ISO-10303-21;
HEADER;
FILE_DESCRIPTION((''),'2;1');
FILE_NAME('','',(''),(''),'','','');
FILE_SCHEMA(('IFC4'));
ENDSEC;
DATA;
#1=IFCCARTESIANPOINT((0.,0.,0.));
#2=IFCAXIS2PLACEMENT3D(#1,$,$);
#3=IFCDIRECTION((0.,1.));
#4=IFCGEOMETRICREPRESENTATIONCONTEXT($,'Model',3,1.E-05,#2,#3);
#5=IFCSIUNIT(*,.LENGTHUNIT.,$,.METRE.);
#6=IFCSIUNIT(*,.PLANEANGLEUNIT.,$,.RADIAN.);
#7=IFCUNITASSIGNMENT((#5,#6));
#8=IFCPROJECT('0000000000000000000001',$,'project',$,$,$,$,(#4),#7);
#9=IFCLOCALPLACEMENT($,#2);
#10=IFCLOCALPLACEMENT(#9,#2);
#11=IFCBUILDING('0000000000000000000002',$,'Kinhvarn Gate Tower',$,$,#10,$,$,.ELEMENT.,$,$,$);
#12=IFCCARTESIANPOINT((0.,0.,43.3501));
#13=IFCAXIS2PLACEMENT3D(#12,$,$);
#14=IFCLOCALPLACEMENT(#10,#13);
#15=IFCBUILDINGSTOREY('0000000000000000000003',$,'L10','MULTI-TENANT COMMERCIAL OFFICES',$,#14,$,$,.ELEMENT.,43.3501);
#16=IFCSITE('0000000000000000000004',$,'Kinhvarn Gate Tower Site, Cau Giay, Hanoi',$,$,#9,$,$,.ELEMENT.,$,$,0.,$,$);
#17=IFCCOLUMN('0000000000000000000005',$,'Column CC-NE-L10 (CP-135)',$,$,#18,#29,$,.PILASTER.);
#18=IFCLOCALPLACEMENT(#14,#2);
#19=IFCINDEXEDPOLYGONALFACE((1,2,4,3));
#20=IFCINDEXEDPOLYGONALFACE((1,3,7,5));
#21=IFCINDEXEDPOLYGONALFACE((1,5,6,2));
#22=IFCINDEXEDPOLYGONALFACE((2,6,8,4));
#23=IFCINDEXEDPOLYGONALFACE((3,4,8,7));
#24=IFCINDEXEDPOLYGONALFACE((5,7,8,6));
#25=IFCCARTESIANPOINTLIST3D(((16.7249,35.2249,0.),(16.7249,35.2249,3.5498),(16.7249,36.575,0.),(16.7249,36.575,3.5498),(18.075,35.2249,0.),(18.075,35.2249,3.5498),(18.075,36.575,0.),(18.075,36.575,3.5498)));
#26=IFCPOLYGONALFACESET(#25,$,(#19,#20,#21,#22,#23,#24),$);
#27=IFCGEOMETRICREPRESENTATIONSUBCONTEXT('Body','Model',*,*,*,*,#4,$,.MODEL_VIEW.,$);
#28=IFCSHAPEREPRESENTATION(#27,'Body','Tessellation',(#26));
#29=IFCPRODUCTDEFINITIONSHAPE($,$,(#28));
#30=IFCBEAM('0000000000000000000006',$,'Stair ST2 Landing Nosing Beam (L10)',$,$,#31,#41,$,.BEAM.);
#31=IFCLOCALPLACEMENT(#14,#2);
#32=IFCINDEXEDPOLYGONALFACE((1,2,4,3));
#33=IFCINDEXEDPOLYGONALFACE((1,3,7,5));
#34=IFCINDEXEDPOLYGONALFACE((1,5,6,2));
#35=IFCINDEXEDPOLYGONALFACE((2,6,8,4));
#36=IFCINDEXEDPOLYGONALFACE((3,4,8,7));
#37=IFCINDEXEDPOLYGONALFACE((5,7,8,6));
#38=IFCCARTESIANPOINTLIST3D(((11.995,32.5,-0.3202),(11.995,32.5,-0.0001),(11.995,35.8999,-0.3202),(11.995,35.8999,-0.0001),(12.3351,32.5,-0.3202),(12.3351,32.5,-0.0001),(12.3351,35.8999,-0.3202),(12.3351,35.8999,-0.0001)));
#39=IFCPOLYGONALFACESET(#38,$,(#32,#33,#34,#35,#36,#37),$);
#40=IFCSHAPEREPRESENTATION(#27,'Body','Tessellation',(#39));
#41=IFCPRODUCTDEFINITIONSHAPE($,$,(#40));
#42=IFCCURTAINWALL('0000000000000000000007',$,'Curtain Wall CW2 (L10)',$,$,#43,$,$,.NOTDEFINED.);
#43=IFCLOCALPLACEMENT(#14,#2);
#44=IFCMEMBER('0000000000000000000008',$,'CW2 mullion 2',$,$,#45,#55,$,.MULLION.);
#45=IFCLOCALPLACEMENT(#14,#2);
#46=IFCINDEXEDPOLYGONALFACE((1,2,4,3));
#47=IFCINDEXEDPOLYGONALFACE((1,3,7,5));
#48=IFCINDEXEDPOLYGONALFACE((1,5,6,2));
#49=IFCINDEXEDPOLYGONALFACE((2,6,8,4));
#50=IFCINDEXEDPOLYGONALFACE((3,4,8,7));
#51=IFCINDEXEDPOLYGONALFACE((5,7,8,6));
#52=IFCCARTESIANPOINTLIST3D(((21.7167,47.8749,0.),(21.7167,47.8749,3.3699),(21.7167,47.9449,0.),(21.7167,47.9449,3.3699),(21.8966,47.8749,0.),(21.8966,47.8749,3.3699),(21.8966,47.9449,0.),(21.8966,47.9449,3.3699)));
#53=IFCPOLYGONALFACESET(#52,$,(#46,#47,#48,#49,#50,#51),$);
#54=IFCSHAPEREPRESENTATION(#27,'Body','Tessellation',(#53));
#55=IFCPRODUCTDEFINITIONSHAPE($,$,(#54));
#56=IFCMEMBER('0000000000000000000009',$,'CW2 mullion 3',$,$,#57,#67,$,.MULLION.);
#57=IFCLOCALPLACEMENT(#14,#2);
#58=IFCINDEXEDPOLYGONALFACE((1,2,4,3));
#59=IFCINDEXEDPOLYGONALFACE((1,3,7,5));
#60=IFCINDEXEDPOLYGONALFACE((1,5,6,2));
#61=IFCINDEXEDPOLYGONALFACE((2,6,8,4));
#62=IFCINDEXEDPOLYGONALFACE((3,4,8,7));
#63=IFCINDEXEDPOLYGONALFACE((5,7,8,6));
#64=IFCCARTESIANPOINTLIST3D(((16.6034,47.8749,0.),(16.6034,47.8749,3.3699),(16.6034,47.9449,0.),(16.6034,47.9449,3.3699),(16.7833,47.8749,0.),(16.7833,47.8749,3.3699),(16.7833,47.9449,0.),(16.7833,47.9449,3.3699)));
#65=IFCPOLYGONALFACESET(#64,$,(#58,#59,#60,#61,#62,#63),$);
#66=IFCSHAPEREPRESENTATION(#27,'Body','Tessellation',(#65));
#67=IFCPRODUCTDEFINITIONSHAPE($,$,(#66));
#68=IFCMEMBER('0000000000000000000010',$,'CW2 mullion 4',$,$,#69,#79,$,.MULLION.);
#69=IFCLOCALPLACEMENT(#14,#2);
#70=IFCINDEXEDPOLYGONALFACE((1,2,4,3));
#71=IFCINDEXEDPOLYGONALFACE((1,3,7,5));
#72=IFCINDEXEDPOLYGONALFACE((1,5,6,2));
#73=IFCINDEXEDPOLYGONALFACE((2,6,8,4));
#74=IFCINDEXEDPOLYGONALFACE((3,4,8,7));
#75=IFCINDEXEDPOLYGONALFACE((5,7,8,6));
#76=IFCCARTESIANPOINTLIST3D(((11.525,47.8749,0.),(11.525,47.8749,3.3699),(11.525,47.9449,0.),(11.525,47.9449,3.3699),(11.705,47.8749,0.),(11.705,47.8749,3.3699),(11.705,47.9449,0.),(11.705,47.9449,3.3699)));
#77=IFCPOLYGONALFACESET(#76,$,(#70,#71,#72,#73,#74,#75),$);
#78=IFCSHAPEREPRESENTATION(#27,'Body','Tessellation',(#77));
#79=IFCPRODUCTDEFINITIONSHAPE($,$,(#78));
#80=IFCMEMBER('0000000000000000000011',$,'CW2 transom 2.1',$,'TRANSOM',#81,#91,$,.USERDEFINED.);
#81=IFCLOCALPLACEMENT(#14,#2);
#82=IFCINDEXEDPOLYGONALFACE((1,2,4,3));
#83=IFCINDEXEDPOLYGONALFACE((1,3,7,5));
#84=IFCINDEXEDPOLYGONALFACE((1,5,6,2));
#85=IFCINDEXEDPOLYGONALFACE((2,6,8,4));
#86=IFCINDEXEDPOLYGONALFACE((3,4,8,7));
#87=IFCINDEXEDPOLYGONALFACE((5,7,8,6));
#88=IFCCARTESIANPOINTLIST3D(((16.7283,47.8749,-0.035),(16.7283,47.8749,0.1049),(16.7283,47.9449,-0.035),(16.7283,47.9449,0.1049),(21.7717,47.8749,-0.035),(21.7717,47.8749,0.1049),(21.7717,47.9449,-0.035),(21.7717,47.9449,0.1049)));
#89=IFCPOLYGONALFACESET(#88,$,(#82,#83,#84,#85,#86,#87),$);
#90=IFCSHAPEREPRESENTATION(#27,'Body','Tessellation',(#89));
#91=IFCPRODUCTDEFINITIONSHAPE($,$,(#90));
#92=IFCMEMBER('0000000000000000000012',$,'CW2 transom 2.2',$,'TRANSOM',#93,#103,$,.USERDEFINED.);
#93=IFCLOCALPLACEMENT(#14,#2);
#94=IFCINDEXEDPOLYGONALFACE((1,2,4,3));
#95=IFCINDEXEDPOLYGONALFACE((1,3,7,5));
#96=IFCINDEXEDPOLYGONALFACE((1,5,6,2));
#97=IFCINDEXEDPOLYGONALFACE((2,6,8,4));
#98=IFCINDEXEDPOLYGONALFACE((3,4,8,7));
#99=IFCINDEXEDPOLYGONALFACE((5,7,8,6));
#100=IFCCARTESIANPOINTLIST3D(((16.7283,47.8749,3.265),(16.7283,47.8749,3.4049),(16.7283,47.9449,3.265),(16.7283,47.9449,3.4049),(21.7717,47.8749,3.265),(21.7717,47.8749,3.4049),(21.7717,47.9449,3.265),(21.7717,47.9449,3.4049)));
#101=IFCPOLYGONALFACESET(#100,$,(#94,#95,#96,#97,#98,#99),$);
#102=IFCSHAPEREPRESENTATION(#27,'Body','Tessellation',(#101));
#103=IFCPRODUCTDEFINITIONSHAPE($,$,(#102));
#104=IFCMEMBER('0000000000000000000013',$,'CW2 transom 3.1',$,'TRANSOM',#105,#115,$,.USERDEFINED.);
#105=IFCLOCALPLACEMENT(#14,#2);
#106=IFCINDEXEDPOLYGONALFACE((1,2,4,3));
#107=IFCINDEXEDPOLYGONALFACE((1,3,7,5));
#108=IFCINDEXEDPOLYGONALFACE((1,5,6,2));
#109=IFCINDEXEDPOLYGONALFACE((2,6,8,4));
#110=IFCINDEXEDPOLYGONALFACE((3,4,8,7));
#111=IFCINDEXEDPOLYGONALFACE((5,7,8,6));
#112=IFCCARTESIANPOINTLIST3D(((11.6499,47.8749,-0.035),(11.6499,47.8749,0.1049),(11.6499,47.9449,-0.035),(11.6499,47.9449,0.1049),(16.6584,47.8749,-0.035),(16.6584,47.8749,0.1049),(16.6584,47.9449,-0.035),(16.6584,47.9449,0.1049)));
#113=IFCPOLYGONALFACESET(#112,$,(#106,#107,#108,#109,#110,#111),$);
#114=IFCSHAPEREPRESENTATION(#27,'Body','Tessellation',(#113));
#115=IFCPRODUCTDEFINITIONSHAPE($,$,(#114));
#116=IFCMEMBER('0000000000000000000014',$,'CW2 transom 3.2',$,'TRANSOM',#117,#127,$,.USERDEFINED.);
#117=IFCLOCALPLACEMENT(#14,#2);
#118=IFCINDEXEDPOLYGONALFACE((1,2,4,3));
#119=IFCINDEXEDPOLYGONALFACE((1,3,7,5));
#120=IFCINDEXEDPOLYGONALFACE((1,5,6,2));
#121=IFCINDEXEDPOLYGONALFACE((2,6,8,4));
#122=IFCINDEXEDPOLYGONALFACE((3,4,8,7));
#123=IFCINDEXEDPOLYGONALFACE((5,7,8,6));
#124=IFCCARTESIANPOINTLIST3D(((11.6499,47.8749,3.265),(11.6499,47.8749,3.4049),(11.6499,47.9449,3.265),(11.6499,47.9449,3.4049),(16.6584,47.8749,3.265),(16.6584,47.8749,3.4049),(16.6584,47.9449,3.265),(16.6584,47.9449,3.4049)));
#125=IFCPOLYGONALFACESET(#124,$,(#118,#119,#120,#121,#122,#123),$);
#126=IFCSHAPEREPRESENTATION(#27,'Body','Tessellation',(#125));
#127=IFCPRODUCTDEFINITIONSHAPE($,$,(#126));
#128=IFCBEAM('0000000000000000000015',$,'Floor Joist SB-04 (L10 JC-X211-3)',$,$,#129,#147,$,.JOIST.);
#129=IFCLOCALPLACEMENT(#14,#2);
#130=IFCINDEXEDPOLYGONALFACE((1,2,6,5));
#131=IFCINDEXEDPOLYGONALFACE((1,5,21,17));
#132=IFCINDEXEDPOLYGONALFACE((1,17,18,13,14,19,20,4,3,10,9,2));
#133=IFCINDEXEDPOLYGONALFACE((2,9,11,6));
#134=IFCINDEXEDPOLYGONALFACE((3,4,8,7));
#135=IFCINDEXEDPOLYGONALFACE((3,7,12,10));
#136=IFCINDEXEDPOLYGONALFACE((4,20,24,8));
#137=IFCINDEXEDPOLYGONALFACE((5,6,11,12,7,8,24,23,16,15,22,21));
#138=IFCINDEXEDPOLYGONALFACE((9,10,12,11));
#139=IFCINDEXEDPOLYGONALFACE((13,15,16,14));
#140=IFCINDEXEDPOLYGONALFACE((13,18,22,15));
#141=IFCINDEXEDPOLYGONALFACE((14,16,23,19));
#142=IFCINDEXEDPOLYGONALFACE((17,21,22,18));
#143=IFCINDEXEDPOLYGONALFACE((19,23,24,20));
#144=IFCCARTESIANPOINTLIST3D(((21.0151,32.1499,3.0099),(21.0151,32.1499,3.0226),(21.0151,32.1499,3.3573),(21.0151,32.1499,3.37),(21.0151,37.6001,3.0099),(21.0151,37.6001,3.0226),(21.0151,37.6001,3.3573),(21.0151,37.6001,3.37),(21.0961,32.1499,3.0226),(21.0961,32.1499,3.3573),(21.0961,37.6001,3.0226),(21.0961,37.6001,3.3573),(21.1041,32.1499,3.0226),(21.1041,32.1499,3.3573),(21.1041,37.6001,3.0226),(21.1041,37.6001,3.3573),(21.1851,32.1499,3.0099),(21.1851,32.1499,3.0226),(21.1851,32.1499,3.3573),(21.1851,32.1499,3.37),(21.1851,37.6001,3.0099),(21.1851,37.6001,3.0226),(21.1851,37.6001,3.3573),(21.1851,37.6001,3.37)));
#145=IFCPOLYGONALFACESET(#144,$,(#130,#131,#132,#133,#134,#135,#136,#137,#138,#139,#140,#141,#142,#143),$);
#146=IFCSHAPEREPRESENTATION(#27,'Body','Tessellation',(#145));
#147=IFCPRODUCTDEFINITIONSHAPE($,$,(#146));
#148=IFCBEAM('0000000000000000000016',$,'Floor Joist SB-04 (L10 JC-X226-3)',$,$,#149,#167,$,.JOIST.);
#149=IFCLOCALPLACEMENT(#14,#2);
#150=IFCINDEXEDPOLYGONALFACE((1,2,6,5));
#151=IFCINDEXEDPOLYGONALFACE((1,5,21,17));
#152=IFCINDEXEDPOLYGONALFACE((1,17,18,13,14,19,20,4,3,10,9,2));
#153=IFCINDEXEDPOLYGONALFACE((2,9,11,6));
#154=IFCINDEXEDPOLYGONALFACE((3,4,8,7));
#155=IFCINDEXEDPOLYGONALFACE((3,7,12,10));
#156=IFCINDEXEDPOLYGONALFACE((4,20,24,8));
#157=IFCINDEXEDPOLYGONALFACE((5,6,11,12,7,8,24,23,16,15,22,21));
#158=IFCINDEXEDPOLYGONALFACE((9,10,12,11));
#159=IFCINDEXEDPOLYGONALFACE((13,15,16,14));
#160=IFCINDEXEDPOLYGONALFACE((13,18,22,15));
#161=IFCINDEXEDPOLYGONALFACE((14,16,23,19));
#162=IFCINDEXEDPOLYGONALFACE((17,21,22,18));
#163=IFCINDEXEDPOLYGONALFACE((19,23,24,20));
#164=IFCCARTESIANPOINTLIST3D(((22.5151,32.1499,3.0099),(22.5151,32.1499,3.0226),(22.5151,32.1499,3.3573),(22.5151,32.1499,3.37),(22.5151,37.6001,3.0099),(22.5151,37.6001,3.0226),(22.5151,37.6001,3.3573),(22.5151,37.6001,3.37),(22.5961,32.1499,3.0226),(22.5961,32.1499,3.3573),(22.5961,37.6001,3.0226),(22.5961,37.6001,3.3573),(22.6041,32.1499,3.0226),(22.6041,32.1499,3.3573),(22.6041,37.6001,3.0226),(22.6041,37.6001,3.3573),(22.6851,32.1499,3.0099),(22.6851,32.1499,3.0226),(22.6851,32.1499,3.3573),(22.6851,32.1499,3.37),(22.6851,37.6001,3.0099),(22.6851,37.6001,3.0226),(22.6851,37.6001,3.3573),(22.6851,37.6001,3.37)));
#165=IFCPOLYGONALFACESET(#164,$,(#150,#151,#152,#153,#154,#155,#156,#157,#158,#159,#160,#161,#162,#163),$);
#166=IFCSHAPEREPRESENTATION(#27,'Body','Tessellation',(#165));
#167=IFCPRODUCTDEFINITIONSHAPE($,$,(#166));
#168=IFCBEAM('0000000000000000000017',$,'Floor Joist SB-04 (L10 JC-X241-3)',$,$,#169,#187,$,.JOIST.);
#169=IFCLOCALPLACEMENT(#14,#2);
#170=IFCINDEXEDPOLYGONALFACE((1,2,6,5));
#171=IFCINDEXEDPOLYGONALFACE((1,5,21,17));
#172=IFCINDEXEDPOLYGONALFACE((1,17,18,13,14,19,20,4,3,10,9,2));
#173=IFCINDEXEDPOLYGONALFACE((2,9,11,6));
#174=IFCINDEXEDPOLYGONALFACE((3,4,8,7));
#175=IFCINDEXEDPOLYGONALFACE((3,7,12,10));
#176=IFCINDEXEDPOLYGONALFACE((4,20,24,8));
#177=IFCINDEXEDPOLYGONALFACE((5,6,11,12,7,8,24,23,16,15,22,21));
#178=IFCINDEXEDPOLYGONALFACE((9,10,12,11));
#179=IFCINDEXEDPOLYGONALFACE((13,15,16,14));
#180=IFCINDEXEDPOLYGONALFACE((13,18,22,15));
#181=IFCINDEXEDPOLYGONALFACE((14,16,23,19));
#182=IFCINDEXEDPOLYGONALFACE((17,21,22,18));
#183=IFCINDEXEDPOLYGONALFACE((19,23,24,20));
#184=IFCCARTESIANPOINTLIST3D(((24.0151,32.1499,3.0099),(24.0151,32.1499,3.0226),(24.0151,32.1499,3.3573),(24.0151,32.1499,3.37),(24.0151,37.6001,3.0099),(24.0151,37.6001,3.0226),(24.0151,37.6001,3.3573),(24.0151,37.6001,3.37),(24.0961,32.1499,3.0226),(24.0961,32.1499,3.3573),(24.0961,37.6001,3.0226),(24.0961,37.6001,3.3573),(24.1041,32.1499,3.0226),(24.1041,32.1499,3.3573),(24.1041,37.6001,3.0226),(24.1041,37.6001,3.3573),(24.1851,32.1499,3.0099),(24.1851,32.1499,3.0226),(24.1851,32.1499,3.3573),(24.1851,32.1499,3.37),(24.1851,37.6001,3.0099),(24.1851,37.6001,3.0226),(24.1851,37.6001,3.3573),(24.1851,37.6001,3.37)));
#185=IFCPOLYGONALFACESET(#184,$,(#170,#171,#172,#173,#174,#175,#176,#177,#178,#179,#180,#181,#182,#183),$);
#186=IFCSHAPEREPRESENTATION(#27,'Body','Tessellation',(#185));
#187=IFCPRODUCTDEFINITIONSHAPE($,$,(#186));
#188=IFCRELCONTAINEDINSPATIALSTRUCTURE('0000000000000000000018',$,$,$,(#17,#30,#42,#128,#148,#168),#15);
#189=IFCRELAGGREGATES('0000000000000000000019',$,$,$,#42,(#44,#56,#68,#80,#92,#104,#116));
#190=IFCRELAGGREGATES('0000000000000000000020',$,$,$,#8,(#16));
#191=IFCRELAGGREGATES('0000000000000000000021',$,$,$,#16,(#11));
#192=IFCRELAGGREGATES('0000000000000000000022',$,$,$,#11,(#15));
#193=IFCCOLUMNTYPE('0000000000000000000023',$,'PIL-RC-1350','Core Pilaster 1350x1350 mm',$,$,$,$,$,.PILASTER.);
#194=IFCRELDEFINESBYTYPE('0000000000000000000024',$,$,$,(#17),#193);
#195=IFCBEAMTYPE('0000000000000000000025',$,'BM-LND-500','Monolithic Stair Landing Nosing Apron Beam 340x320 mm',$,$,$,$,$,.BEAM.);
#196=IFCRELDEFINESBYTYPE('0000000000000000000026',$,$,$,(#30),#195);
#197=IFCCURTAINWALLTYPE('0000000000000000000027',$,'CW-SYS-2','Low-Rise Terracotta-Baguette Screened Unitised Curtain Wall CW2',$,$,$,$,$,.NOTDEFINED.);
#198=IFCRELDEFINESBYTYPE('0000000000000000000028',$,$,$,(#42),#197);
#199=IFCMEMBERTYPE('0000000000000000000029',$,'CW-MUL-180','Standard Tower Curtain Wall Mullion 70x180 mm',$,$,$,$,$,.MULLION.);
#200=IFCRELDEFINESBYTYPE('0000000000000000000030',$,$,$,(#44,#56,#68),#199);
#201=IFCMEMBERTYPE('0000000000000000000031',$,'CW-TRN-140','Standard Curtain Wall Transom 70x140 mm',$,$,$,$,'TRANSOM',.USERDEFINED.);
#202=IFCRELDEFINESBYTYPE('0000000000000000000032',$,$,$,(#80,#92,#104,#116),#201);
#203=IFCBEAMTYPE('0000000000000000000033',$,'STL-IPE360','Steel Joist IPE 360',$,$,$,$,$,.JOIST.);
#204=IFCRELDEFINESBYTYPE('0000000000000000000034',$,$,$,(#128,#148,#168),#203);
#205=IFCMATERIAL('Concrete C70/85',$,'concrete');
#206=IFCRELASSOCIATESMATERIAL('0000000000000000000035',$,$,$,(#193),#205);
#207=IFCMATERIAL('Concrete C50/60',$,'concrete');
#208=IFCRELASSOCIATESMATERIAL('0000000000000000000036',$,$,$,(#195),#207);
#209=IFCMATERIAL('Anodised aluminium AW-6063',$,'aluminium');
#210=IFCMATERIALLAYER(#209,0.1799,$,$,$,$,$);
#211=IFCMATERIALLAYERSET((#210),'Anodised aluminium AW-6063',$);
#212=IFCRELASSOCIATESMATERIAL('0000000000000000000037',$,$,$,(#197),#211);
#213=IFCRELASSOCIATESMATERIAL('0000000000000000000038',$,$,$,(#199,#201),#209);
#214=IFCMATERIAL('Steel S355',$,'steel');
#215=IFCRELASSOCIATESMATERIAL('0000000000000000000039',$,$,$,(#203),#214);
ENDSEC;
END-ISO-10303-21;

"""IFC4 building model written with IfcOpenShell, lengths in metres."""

from ifc_helpers import new_model, si_unit, direction, frame, origin, origin_2d, place, context, subcontext, project, spatial, rectangle, i_section, extrude, material, layer, layer_set, material_profile, profile_set, type_object, element, aggregate, save


model = new_model("IFC4")

# Units and contexts
model_context = context("Model", 3, precision=1e-05, world=origin(), true_north=direction((0.0, 1.0)))
body_context = subcontext(model_context, "Body", "Model", "MODEL_VIEW")
ifc_project = project(units=[si_unit("LENGTHUNIT", "METRE"), si_unit("PLANEANGLEUNIT", "RADIAN")], contexts=[model_context])

# Site, building, storey
site_placement = place(None, origin())
site = spatial("IfcSite", under=ifc_project, at=site_placement, Name="Kinhvarn Gate Tower Site, Cau Giay, Hanoi", CompositionType="ELEMENT", RefElevation=0.0)
building_placement = place(site_placement, origin())
building = spatial("IfcBuilding", under=site, at=building_placement, Name="Kinhvarn Gate Tower", CompositionType="ELEMENT")
storey_placement = place(building_placement, frame((0.0, 0.0, 43.3501)))
storey = spatial("IfcBuildingStorey", under=building, at=storey_placement, Name="L10", Description="MULTI-TENANT COMMERCIAL OFFICES", CompositionType="ELEMENT", Elevation=43.3501)

# Column
ifc_material_1 = material(Name="Concrete C70/85", Category="concrete")
ifc_material_profile_1 = material_profile(ifc_material_1, rectangle(XDim=1.3501, YDim=1.3501, at=origin_2d()), Name="RC 1350x1350")
ifc_profile_set_1 = profile_set([ifc_material_profile_1], Name="Concrete C70/85")
column_type = type_object("IfcColumnType", Name="PIL-RC-1350", Description="Core Pilaster 1350x1350 mm", PredefinedType="PILASTER", material=ifc_profile_set_1)
column_placement = place(storey_placement, frame((17.3999, 35.8999, 0.0), z_axis=(0.0, 0.0, 1.0), x_axis=(1.0, 0.0, 0.0)))
element("IfcColumn", 1, at=column_placement, inside=storey, type_object=column_type, Name="Column CC-NE-L10 (CP-135)", PredefinedType="PILASTER", context=body_context, shape_type="SweptSolid", body=[
    extrude(rectangle(XDim=1.3501, YDim=1.3501, at=origin_2d()), origin(), (0.0, 0.0, 1.0), 3.5498),
])

# Beam
ifc_material_2 = material(Name="Concrete C50/60", Category="concrete")
ifc_material_profile_2 = material_profile(ifc_material_2, rectangle(XDim=0.3401, YDim=0.3201, at=origin_2d()), Name="RC 340x320")
ifc_profile_set_2 = profile_set([ifc_material_profile_2], Name="Concrete C50/60")
beam_type_1 = type_object("IfcBeamType", Name="BM-LND-500", Description="Monolithic Stair Landing Nosing Apron Beam 340x320 mm", PredefinedType="BEAM", material=ifc_profile_set_2)
beam_placement = place(storey_placement, frame((12.165, 32.5, -0.1602), z_axis=(0.0, 1.0, 0.0), x_axis=(-1.0, 0.0, 0.0)))
element("IfcBeam", 2, at=beam_placement, inside=storey, type_object=beam_type_1, Name="Stair ST2 Landing Nosing Beam (L10)", PredefinedType="BEAM", context=body_context, shape_type="SweptSolid", body=[
    extrude(rectangle(XDim=0.3401, YDim=0.3201, at=origin_2d()), origin(), (0.0, 0.0, 1.0), 3.3999),
])

# Curtain wall, members
ifc_material_3 = material(Name="Anodised aluminium AW-6063", Category="aluminium")
ifc_layer_1 = layer(ifc_material_3, 0.1799)
ifc_layer_set_1 = layer_set([ifc_layer_1], Name="Anodised aluminium AW-6063")
curtain_wall_type = type_object("IfcCurtainWallType", Name="CW-SYS-2", Description="Low-Rise Terracotta-Baguette Screened Unitised Curtain Wall CW2", PredefinedType="NOTDEFINED", material=ifc_layer_set_1)
curtain_wall_placement = place(storey_placement, origin())
curtain_wall = element("IfcCurtainWall", 3, at=curtain_wall_placement, inside=storey, type_object=curtain_wall_type, Name="Curtain Wall CW2 (L10)", PredefinedType="NOTDEFINED")
ifc_material_profile_3 = material_profile(ifc_material_3, rectangle(XDim=0.0701, YDim=0.1799, at=origin_2d()), Name="ALU 70x180")
ifc_profile_set_3 = profile_set([ifc_material_profile_3], Name="Anodised aluminium AW-6063")
member_type_1 = type_object("IfcMemberType", Name="CW-MUL-180", Description="Standard Tower Curtain Wall Mullion 70x180 mm", PredefinedType="MULLION", material=ifc_profile_set_3)
member_1_placement = place(storey_placement, frame((21.8066, 47.9099, 0.0), z_axis=(0.0, 0.0, 1.0), x_axis=(0.0, -1.0, 0.0)))
member_1 = element("IfcMember", 4, at=member_1_placement, type_object=member_type_1, Name="CW2 mullion 2", PredefinedType="MULLION", context=body_context, shape_type="SweptSolid", body=[
    extrude(rectangle(XDim=0.0701, YDim=0.1799, at=origin_2d()), origin(), (0.0, 0.0, 1.0), 3.3699),
])
member_2_placement = place(storey_placement, frame((16.6934, 47.9099, 0.0), z_axis=(0.0, 0.0, 1.0), x_axis=(0.0, -1.0, 0.0)))
member_2 = element("IfcMember", 5, at=member_2_placement, type_object=member_type_1, Name="CW2 mullion 3", PredefinedType="MULLION", context=body_context, shape_type="SweptSolid", body=[
    extrude(rectangle(XDim=0.0701, YDim=0.1799, at=origin_2d()), origin(), (0.0, 0.0, 1.0), 3.3699),
])
member_3_placement = place(storey_placement, frame((11.615, 47.9099, 0.0), z_axis=(0.0, 0.0, 1.0), x_axis=(0.0, -1.0, 0.0)))
member_3 = element("IfcMember", 6, at=member_3_placement, type_object=member_type_1, Name="CW2 mullion 4", PredefinedType="MULLION", context=body_context, shape_type="SweptSolid", body=[
    extrude(rectangle(XDim=0.0701, YDim=0.1799, at=origin_2d()), origin(), (0.0, 0.0, 1.0), 3.3699),
])
ifc_material_profile_4 = material_profile(ifc_material_3, rectangle(XDim=0.0701, YDim=0.1399, at=origin_2d()), Name="ALU 70x140")
ifc_profile_set_4 = profile_set([ifc_material_profile_4], Name="Anodised aluminium AW-6063")
member_type_2 = type_object("IfcMemberType", Name="CW-TRN-140", Description="Standard Curtain Wall Transom 70x140 mm", ElementType="TRANSOM", PredefinedType="USERDEFINED", material=ifc_profile_set_4)
member_4_placement = place(storey_placement, frame((21.7717, 47.9099, 0.0349), z_axis=(-1.0, 0.0, 0.0), x_axis=(0.0, -1.0, 0.0)))
member_4 = element("IfcMember", 7, at=member_4_placement, type_object=member_type_2, Name="CW2 transom 2.1", ObjectType="TRANSOM", PredefinedType="USERDEFINED", context=body_context, shape_type="SweptSolid", body=[
    extrude(rectangle(XDim=0.0701, YDim=0.1399, at=origin_2d()), origin(), (0.0, 0.0, 1.0), 5.0435),
])
member_5_placement = place(storey_placement, frame((21.7717, 47.9099, 3.335), z_axis=(-1.0, 0.0, 0.0), x_axis=(0.0, -1.0, 0.0)))
member_5 = element("IfcMember", 8, at=member_5_placement, type_object=member_type_2, Name="CW2 transom 2.2", ObjectType="TRANSOM", PredefinedType="USERDEFINED", context=body_context, shape_type="SweptSolid", body=[
    extrude(rectangle(XDim=0.0701, YDim=0.1399, at=origin_2d()), origin(), (0.0, 0.0, 1.0), 5.0435),
])
member_6_placement = place(storey_placement, frame((16.6584, 47.9099, 0.0349), z_axis=(-1.0, 0.0, 0.0), x_axis=(0.0, -1.0, 0.0)))
member_6 = element("IfcMember", 9, at=member_6_placement, type_object=member_type_2, Name="CW2 transom 3.1", ObjectType="TRANSOM", PredefinedType="USERDEFINED", context=body_context, shape_type="SweptSolid", body=[
    extrude(rectangle(XDim=0.0701, YDim=0.1399, at=origin_2d()), origin(), (0.0, 0.0, 1.0), 5.0085),
])
member_7_placement = place(storey_placement, frame((16.6584, 47.9099, 3.335), z_axis=(-1.0, 0.0, 0.0), x_axis=(0.0, -1.0, 0.0)))
member_7 = element("IfcMember", 10, at=member_7_placement, type_object=member_type_2, Name="CW2 transom 3.2", ObjectType="TRANSOM", PredefinedType="USERDEFINED", context=body_context, shape_type="SweptSolid", body=[
    extrude(rectangle(XDim=0.0701, YDim=0.1399, at=origin_2d()), origin(), (0.0, 0.0, 1.0), 5.0085),
])

# Beams
ifc_material_4 = material(Name="Steel S355", Category="steel")
ifc_material_profile_5 = material_profile(ifc_material_4, i_section(OverallWidth=0.1699, OverallDepth=0.3601, WebThickness=0.0081, FlangeThickness=0.0127, at=origin_2d()), Name="IPE 360")
ifc_profile_set_5 = profile_set([ifc_material_profile_5], Name="Steel S355")
beam_type_2 = type_object("IfcBeamType", Name="STL-IPE360", Description="Steel Joist IPE 360", PredefinedType="JOIST", material=ifc_profile_set_5)
for number, where, z_axis, x_axis, name in (
    (11, (21.1001, 32.1499, 3.1899), (0.0, 1.0, 0.0), (-1.0, 0.0, 0.0), "Floor Joist SB-04 (L10 JC-X211-3)"),
    (12, (22.6001, 32.1499, 3.1899), (0.0, 1.0, 0.0), (-1.0, 0.0, 0.0), "Floor Joist SB-04 (L10 JC-X226-3)"),
    (13, (24.1001, 32.1499, 3.1899), (0.0, 1.0, 0.0), (-1.0, 0.0, 0.0), "Floor Joist SB-04 (L10 JC-X241-3)"),
):
    element("IfcBeam", number, at=place(storey_placement, frame(where, z_axis=z_axis, x_axis=x_axis)), inside=storey, type_object=beam_type_2, Name=name, PredefinedType="JOIST", context=body_context, shape_type="SweptSolid", body=[
        extrude(i_section(OverallWidth=0.1699, OverallDepth=0.3601, WebThickness=0.0081, FlangeThickness=0.0127, at=origin_2d()), origin(), (0.0, 0.0, 1.0), 5.4502),
    ])

aggregate(curtain_wall, [member_1, member_2, member_3, member_4, member_5, member_6, member_7])

save(model, "model.ifc")
